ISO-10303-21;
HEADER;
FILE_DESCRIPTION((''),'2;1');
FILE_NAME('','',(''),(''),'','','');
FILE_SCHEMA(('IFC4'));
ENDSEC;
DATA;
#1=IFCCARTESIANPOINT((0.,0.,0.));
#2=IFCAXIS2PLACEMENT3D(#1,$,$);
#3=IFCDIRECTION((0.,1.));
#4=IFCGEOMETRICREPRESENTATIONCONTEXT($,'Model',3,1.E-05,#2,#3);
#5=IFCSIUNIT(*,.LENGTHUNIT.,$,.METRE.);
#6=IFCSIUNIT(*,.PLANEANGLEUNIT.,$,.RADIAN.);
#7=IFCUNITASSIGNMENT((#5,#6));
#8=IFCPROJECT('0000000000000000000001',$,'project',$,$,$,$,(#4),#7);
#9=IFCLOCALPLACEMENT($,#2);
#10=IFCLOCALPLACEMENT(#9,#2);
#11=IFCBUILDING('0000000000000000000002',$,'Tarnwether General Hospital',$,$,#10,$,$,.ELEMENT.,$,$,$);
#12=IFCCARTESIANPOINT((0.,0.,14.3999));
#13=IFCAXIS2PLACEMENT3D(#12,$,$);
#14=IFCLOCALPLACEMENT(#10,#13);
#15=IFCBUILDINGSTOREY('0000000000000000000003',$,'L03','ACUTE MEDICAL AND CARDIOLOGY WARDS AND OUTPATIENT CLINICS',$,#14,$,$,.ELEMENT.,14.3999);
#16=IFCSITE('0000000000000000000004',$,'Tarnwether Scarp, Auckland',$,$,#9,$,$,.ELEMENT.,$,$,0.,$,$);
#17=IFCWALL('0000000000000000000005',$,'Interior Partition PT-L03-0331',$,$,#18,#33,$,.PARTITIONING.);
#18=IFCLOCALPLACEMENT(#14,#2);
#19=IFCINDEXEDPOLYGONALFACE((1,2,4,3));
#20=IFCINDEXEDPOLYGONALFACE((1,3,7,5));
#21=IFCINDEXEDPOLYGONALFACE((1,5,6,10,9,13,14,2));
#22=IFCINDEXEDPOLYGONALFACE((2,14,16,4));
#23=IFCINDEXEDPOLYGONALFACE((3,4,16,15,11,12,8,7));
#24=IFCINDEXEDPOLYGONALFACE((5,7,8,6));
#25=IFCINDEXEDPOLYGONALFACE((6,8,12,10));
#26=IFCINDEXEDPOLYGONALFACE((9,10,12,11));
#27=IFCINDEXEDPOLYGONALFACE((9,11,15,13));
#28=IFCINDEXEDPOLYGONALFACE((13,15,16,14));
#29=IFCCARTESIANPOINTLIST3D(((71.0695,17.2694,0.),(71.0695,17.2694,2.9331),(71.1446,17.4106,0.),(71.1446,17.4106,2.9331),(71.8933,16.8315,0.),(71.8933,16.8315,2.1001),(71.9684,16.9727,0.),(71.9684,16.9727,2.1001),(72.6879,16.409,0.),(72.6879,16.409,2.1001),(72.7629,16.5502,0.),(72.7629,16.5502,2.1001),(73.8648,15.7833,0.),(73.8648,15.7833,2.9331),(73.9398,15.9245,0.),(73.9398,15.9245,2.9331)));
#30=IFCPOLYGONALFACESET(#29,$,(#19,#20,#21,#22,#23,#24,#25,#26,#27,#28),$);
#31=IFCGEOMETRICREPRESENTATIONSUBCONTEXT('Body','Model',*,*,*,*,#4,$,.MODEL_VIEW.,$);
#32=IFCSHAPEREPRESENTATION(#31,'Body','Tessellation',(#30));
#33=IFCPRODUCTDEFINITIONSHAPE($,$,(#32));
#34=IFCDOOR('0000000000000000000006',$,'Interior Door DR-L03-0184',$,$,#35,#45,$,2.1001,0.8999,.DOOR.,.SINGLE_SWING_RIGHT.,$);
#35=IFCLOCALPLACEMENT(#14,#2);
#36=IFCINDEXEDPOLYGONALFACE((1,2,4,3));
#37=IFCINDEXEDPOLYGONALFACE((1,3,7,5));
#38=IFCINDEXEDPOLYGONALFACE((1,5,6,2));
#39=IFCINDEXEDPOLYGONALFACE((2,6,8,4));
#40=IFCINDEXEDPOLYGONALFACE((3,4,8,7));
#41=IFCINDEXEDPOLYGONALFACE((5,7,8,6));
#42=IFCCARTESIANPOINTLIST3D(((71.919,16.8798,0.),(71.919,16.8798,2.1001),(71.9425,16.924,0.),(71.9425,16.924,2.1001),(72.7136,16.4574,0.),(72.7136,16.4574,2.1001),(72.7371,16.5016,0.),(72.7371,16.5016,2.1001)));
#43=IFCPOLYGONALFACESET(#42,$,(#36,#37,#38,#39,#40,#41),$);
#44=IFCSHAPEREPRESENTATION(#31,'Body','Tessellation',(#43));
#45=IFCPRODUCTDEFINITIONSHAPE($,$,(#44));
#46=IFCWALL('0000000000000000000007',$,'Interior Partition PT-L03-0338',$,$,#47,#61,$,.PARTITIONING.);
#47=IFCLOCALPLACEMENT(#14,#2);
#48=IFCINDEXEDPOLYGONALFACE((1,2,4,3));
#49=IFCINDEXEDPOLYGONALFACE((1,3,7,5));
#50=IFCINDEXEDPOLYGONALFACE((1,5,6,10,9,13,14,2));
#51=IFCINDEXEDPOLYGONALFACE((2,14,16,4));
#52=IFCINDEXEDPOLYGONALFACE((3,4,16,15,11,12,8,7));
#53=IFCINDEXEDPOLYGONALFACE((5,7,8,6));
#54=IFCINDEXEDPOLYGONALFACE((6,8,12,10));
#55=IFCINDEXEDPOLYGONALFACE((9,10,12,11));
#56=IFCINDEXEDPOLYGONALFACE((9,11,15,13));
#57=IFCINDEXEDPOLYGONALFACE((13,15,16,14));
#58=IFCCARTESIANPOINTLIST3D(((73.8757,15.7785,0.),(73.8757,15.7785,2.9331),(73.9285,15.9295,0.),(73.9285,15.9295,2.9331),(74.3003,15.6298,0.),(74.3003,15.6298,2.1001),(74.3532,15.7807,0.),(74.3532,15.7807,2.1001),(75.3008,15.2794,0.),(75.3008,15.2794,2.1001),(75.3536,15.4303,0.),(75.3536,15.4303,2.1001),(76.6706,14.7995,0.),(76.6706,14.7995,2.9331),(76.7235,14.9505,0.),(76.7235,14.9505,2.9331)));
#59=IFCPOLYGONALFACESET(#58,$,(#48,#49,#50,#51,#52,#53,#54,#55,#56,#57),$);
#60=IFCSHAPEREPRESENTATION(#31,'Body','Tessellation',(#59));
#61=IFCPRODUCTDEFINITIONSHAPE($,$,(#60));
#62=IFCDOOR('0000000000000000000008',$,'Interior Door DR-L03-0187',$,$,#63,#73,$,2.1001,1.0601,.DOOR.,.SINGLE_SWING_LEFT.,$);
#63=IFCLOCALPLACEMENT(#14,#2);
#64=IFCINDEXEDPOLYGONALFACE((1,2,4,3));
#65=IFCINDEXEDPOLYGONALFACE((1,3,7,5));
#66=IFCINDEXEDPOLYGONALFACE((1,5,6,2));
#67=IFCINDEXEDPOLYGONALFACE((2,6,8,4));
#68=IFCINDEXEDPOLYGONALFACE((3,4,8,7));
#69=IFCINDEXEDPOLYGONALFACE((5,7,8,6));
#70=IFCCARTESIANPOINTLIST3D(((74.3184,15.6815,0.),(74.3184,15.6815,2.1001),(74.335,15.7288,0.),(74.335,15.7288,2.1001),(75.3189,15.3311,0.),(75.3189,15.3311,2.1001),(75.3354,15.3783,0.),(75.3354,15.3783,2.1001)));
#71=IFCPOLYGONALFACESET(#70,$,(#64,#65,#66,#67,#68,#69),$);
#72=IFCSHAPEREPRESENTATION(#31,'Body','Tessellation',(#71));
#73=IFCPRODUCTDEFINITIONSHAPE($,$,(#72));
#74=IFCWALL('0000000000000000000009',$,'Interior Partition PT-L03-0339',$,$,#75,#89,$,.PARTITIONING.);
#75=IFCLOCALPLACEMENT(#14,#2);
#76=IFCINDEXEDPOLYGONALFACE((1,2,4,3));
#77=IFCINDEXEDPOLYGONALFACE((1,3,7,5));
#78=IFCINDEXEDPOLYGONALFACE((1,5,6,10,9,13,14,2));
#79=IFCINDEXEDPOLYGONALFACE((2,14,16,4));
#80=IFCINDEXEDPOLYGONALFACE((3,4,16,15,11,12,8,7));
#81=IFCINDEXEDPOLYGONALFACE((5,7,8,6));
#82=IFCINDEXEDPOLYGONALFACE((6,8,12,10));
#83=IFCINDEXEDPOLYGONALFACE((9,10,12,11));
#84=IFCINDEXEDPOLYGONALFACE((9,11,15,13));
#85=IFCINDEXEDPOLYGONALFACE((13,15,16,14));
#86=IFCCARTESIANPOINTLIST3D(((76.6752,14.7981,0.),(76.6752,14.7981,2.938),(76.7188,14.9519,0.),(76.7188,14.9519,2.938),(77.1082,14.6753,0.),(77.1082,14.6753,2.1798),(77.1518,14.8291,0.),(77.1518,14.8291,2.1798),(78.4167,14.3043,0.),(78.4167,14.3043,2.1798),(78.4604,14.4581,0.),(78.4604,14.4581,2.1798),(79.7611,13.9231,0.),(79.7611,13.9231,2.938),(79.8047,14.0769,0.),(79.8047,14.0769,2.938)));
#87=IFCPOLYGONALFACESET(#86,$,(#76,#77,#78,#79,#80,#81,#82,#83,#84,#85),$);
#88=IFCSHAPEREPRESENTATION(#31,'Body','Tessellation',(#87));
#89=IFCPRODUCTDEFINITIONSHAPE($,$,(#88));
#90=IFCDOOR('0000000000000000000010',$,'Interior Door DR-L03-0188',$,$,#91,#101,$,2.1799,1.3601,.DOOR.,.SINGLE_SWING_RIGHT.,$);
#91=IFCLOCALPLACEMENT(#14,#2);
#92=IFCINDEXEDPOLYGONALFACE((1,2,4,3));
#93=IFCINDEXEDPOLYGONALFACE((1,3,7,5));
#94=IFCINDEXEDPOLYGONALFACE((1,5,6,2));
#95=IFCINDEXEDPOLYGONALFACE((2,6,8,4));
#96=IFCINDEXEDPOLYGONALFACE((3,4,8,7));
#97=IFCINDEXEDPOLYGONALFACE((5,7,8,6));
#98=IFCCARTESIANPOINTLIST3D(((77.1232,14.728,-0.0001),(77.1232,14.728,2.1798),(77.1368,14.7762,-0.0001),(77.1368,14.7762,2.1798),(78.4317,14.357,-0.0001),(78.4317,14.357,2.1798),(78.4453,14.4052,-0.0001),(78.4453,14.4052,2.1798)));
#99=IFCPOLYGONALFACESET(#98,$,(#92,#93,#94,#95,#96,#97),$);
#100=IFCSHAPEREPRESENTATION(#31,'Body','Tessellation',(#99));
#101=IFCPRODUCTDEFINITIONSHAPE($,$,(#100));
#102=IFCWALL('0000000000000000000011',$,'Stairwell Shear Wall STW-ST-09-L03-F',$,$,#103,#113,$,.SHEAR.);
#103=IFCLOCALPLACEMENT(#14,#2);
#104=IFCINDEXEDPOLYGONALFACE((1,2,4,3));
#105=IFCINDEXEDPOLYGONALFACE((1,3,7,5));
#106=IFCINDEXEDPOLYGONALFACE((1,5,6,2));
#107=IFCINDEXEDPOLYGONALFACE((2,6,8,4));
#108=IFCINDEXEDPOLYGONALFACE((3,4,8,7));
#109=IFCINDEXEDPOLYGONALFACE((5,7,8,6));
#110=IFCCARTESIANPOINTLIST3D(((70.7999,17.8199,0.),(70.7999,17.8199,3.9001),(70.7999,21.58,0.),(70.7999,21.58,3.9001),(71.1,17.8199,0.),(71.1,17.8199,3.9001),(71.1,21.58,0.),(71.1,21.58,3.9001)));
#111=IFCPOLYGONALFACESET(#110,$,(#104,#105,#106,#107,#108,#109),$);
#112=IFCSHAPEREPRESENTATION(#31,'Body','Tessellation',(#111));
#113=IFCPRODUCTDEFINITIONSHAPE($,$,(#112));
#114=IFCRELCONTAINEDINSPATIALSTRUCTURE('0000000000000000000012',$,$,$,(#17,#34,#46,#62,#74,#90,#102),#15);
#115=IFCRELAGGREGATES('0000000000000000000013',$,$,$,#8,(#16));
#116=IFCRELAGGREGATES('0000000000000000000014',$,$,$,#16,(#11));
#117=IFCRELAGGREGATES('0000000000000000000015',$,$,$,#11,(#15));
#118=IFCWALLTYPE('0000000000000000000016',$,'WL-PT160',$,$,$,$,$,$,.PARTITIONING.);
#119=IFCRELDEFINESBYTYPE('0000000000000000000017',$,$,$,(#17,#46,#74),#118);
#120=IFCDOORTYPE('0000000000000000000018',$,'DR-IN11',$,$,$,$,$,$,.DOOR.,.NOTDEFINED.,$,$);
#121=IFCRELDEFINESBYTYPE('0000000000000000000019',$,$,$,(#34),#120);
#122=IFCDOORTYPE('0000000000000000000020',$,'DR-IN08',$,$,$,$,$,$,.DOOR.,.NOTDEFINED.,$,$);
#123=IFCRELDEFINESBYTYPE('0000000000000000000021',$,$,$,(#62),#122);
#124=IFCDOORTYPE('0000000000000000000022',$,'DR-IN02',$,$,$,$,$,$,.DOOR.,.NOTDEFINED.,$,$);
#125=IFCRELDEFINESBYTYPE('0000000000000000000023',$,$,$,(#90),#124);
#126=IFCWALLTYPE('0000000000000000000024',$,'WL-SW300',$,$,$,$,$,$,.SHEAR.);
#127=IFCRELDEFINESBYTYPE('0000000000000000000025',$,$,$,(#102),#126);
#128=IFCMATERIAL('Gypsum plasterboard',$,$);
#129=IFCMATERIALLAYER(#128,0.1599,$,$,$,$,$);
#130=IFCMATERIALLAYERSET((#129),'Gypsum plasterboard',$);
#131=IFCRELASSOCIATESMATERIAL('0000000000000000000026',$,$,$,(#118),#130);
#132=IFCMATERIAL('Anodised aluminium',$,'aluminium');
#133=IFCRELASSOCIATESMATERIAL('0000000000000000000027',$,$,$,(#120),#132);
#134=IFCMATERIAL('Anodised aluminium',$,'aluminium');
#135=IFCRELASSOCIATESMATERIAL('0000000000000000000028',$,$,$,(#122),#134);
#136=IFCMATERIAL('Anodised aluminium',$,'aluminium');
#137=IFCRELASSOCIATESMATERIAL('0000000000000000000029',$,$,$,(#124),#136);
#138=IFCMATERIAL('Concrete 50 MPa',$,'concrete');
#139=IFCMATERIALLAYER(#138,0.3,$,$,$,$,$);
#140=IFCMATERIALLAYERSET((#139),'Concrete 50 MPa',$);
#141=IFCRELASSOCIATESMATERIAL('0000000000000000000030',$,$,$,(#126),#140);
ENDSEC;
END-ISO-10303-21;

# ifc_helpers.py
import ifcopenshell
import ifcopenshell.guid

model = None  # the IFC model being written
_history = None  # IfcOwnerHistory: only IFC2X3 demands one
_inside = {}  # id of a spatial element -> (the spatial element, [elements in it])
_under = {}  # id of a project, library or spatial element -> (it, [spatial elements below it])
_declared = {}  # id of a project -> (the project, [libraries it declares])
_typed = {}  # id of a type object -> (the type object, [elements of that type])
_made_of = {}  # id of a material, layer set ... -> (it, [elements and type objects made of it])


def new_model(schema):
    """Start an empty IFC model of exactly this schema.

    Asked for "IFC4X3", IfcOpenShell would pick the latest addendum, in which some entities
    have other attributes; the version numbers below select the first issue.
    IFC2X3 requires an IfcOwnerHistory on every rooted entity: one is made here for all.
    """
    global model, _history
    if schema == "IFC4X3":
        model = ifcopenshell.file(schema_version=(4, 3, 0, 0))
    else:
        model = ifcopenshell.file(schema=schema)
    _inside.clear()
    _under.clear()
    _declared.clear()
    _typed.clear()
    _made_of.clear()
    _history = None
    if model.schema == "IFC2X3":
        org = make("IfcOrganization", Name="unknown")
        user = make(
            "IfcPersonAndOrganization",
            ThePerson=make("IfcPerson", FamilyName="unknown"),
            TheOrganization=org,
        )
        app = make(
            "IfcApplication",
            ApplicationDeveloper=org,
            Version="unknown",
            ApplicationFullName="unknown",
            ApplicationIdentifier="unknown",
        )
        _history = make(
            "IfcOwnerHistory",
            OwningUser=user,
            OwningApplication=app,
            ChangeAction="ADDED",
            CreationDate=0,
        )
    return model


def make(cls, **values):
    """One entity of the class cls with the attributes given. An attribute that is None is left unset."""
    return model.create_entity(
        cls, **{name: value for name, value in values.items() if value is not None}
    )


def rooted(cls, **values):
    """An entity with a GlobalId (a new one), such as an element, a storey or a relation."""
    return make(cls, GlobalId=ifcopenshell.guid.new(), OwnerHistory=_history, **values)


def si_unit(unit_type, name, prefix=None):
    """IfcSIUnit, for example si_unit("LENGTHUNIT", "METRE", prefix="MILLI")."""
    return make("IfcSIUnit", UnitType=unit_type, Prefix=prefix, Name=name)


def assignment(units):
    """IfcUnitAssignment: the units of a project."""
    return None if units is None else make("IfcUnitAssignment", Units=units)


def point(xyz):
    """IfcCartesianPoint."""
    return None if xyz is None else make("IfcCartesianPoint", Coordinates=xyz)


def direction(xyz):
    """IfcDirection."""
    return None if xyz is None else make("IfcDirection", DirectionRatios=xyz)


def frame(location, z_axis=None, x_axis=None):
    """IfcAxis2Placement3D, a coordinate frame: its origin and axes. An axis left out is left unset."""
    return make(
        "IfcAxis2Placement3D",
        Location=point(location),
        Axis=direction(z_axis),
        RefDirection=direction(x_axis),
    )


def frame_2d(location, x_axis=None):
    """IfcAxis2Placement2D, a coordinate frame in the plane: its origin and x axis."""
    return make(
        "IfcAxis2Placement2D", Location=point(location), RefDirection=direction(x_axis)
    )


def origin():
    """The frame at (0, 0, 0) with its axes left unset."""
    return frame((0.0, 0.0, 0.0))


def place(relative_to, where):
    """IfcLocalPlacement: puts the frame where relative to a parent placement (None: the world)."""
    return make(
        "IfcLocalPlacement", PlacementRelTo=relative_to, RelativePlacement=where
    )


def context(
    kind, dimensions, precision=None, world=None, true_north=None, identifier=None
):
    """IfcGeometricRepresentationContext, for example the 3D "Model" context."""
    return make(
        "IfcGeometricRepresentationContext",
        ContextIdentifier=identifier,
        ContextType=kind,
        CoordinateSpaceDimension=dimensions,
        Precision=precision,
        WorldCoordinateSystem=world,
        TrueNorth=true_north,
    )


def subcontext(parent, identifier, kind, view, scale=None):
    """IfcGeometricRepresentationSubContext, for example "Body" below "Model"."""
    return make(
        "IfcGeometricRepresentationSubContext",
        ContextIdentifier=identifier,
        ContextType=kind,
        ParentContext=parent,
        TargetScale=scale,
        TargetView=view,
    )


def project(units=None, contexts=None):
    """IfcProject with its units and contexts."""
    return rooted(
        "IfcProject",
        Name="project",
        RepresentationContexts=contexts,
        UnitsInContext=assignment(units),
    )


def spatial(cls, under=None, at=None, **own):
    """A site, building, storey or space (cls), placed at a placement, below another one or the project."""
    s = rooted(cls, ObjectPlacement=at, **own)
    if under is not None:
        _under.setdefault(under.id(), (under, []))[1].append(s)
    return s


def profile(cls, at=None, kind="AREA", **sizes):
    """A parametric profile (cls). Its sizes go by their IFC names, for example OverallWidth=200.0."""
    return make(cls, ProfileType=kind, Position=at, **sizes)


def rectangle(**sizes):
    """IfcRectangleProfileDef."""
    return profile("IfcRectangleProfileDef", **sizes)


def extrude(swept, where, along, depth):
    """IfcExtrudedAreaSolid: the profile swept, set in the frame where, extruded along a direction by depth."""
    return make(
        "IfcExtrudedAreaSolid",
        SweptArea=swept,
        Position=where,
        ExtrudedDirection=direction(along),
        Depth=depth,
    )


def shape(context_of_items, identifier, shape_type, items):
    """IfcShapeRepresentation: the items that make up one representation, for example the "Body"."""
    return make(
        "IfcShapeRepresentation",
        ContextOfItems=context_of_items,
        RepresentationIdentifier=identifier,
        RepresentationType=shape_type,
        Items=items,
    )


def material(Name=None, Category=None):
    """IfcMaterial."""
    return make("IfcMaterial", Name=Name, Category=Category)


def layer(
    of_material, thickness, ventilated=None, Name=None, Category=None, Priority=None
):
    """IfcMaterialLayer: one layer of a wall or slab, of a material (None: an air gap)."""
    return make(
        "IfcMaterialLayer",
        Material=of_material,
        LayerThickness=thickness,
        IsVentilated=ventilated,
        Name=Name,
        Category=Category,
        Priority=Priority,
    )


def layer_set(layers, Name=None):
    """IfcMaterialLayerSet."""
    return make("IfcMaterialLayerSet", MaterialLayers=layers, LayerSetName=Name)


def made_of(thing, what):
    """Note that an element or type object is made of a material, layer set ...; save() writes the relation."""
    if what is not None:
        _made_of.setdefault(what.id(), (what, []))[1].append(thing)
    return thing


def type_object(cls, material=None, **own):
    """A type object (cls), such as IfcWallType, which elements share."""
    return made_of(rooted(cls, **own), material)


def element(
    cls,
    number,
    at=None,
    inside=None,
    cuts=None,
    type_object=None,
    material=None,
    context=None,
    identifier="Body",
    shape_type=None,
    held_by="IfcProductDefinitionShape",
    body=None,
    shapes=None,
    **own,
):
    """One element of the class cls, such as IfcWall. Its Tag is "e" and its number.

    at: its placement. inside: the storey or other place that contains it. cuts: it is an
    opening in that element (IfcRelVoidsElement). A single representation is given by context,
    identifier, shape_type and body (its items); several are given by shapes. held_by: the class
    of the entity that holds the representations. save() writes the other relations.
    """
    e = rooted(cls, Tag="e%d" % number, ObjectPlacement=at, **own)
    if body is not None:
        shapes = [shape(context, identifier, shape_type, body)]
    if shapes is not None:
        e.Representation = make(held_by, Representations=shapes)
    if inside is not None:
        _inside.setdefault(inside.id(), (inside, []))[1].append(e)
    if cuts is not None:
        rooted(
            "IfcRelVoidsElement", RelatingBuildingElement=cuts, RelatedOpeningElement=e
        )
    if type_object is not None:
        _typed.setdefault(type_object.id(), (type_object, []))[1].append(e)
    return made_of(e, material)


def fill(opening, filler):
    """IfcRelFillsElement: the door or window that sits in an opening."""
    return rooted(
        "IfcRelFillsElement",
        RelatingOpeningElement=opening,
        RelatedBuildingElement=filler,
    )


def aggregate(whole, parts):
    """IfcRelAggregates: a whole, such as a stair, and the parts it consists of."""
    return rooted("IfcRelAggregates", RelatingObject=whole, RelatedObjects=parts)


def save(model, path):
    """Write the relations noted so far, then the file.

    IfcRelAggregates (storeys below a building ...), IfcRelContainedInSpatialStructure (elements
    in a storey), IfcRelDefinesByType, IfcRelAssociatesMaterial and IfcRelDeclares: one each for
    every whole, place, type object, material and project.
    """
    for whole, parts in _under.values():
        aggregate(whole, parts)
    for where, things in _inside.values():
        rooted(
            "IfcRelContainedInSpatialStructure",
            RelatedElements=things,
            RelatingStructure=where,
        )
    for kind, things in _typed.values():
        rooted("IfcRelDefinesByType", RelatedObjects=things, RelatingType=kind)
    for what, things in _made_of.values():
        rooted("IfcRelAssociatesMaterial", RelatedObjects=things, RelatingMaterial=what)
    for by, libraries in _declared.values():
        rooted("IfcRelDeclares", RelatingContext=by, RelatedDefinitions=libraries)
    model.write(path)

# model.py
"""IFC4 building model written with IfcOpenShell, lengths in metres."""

from ifc_helpers import new_model, si_unit, direction, frame, frame_2d, origin, place, context, subcontext, project, spatial, rectangle, extrude, material, layer, layer_set, type_object, element, fill, save


model = new_model("IFC4")

# Units and contexts
model_context = context("Model", 3, precision=1e-05, world=origin(), true_north=direction((0.0, 1.0)))
body_context = subcontext(model_context, "Body", "Model", "MODEL_VIEW")
ifc_project = project(units=[si_unit("LENGTHUNIT", "METRE"), si_unit("PLANEANGLEUNIT", "RADIAN")], contexts=[model_context])

# Site, building, storey
site_placement = place(None, origin())
site = spatial("IfcSite", under=ifc_project, at=site_placement, Name="Tarnwether Scarp, Auckland", CompositionType="ELEMENT", RefElevation=0.0)
building_placement = place(site_placement, origin())
building = spatial("IfcBuilding", under=site, at=building_placement, Name="Tarnwether General Hospital", CompositionType="ELEMENT")
storey_placement = place(building_placement, frame((0.0, 0.0, 14.3999)))
storey = spatial("IfcBuildingStorey", under=building, at=storey_placement, Name="L03", Description="ACUTE MEDICAL AND CARDIOLOGY WARDS AND OUTPATIENT CLINICS", CompositionType="ELEMENT", Elevation=14.3999)

# Walls, openings, doors
ifc_material_1 = material(Name="Gypsum plasterboard")
ifc_layer_1 = layer(ifc_material_1, 0.1599)
ifc_layer_set_1 = layer_set([ifc_layer_1], Name="Gypsum plasterboard")
wall_type_1 = type_object("IfcWallType", Name="WL-PT160", PredefinedType="PARTITIONING", material=ifc_layer_set_1)
wall_1_placement = place(storey_placement, frame((71.1069, 17.3401, 0.0), z_axis=(0.0, 0.0, 1.0), x_axis=(0.882965, -0.469439, 0.0)))
wall_1 = element("IfcWall", 1, at=wall_1_placement, inside=storey, type_object=wall_type_1, Name="Interior Partition PT-L03-0331", PredefinedType="PARTITIONING", context=body_context, shape_type="SweptSolid", body=[
    extrude(rectangle(XDim=3.1658, YDim=0.1599, at=frame_2d((1.583, 0.0))), origin(), (0.0, 0.0, 1.0), 2.9331),
])
opening_1_placement = place(wall_1_placement, frame((0.9331, 0.0, 0.0)))
opening_1 = element("IfcOpeningElement", 2, at=opening_1_placement, cuts=wall_1, PredefinedType="OPENING", context=body_context, shape_type="SweptSolid", body=[
    extrude(rectangle(XDim=0.8999, YDim=2.1001, at=frame_2d((0.45, 1.05))), frame((0.0, 0.0898, 0.0), z_axis=(0.0, -1.0, 0.0), x_axis=(1.0, 0.0, 0.0)), (0.0, 0.0, 1.0), 0.1799),
])
ifc_material_2 = material(Name="Anodised aluminium", Category="aluminium")
door_type_1 = type_object("IfcDoorType", Name="DR-IN11", OperationType="NOTDEFINED", PredefinedType="DOOR", material=ifc_material_2)
door_1_placement = place(opening_1_placement, origin())
door_1 = element("IfcDoor", 3, at=door_1_placement, inside=storey, type_object=door_type_1, Name="Interior Door DR-L03-0184", OperationType="SINGLE_SWING_RIGHT", OverallHeight=2.1001, OverallWidth=0.8999, PredefinedType="DOOR", context=body_context, shape_type="SweptSolid", body=[
    extrude(rectangle(XDim=0.8999, YDim=2.1001, at=frame_2d((0.45, 1.05))), frame((0.0, 0.0249, 0.0), z_axis=(0.0, -1.0, 0.0), x_axis=(1.0, 0.0, 0.0)), (0.0, 0.0, 1.0), 0.05),
])
fill(opening_1, door_1)
wall_2_placement = place(storey_placement, frame((73.9021, 15.854, 0.0), z_axis=(0.0, 0.0, 1.0), x_axis=(0.943776, -0.330585, 0.0)))
wall_2 = element("IfcWall", 4, at=wall_2_placement, inside=storey, type_object=wall_type_1, Name="Interior Partition PT-L03-0338", PredefinedType="PARTITIONING", context=body_context, shape_type="SweptSolid", body=[
    extrude(rectangle(XDim=2.9614, YDim=0.1599, at=frame_2d((1.4807, 0.0))), origin(), (0.0, 0.0, 1.0), 2.9331),
])
opening_2_placement = place(wall_2_placement, frame((0.45, 0.0, 0.0)))
opening_2 = element("IfcOpeningElement", 5, at=opening_2_placement, cuts=wall_2, PredefinedType="OPENING", context=body_context, shape_type="SweptSolid", body=[
    extrude(rectangle(XDim=1.0601, YDim=2.1001, at=frame_2d((0.53, 1.05))), frame((0.0, 0.0898, 0.0), z_axis=(0.0, -1.0, 0.0), x_axis=(1.0, 0.0, 0.0)), (0.0, 0.0, 1.0), 0.1799),
])
ifc_material_3 = material(Name="Anodised aluminium", Category="aluminium")
door_type_2 = type_object("IfcDoorType", Name="DR-IN08", OperationType="NOTDEFINED", PredefinedType="DOOR", material=ifc_material_3)
door_2_placement = place(opening_2_placement, origin())
door_2 = element("IfcDoor", 6, at=door_2_placement, inside=storey, type_object=door_type_2, Name="Interior Door DR-L03-0187", OperationType="SINGLE_SWING_LEFT", OverallHeight=2.1001, OverallWidth=1.0601, PredefinedType="DOOR", context=body_context, shape_type="SweptSolid", body=[
    extrude(rectangle(XDim=1.0601, YDim=2.1001, at=frame_2d((0.53, 1.05))), frame((0.0, 0.0249, 0.0), z_axis=(0.0, -1.0, 0.0), x_axis=(1.0, 0.0, 0.0)), (0.0, 0.0, 1.0), 0.05),
])
fill(opening_2, door_2)
wall_3_placement = place(storey_placement, frame((76.697, 14.875, 0.0), z_axis=(0.0, 0.0, 1.0), x_axis=(0.962073, -0.27279, 0.0)))
wall_3 = element("IfcWall", 7, at=wall_3_placement, inside=storey, type_object=wall_type_1, Name="Interior Partition PT-L03-0339", PredefinedType="PARTITIONING", context=body_context, shape_type="SweptSolid", body=[
    extrude(rectangle(XDim=3.2075, YDim=0.1599, at=frame_2d((1.6038, 0.0))), origin(), (0.0, 0.0, 1.0), 2.938),
])
opening_3_placement = place(wall_3_placement, frame((0.45, 0.0, 0.0)))
opening_3 = element("IfcOpeningElement", 8, at=opening_3_placement, cuts=wall_3, PredefinedType="OPENING", context=body_context, shape_type="SweptSolid", body=[
    extrude(rectangle(XDim=1.3601, YDim=2.1799, at=frame_2d((0.6802, 1.0898))), frame((0.0, 0.0898, 0.0), z_axis=(0.0, -1.0, 0.0), x_axis=(1.0, 0.0, 0.0)), (0.0, 0.0, 1.0), 0.1799),
])
ifc_material_4 = material(Name="Anodised aluminium", Category="aluminium")
door_type_3 = type_object("IfcDoorType", Name="DR-IN02", OperationType="NOTDEFINED", PredefinedType="DOOR", material=ifc_material_4)
door_3_placement = place(opening_3_placement, origin())
door_3 = element("IfcDoor", 9, at=door_3_placement, inside=storey, type_object=door_type_3, Name="Interior Door DR-L03-0188", OperationType="SINGLE_SWING_RIGHT", OverallHeight=2.1799, OverallWidth=1.3601, PredefinedType="DOOR", context=body_context, shape_type="SweptSolid", body=[
    extrude(rectangle(XDim=1.3601, YDim=2.1799, at=frame_2d((0.6802, 1.0898))), frame((0.0, 0.0249, 0.0), z_axis=(0.0, -1.0, 0.0), x_axis=(1.0, 0.0, 0.0)), (0.0, 0.0, 1.0), 0.05),
])
fill(opening_3, door_3)

# Wall
ifc_material_5 = material(Name="Concrete 50 MPa", Category="concrete")
ifc_layer_2 = layer(ifc_material_5, 0.3)
ifc_layer_set_2 = layer_set([ifc_layer_2], Name="Concrete 50 MPa")
wall_type_2 = type_object("IfcWallType", Name="WL-SW300", PredefinedType="SHEAR", material=ifc_layer_set_2)
wall_4_placement = place(storey_placement, frame((70.95, 17.8201, 0.0), z_axis=(0.0, 0.0, 1.0), x_axis=(0.0, 1.0, 0.0)))
element("IfcWall", 10, at=wall_4_placement, inside=storey, type_object=wall_type_2, Name="Stairwell Shear Wall STW-ST-09-L03-F", PredefinedType="SHEAR", context=body_context, shape_type="SweptSolid", body=[
    extrude(rectangle(XDim=3.76, YDim=0.3, at=frame_2d((1.8799, 0.0))), origin(), (0.0, 0.0, 1.0), 3.9001),
])

save(model, "model.ifc")
